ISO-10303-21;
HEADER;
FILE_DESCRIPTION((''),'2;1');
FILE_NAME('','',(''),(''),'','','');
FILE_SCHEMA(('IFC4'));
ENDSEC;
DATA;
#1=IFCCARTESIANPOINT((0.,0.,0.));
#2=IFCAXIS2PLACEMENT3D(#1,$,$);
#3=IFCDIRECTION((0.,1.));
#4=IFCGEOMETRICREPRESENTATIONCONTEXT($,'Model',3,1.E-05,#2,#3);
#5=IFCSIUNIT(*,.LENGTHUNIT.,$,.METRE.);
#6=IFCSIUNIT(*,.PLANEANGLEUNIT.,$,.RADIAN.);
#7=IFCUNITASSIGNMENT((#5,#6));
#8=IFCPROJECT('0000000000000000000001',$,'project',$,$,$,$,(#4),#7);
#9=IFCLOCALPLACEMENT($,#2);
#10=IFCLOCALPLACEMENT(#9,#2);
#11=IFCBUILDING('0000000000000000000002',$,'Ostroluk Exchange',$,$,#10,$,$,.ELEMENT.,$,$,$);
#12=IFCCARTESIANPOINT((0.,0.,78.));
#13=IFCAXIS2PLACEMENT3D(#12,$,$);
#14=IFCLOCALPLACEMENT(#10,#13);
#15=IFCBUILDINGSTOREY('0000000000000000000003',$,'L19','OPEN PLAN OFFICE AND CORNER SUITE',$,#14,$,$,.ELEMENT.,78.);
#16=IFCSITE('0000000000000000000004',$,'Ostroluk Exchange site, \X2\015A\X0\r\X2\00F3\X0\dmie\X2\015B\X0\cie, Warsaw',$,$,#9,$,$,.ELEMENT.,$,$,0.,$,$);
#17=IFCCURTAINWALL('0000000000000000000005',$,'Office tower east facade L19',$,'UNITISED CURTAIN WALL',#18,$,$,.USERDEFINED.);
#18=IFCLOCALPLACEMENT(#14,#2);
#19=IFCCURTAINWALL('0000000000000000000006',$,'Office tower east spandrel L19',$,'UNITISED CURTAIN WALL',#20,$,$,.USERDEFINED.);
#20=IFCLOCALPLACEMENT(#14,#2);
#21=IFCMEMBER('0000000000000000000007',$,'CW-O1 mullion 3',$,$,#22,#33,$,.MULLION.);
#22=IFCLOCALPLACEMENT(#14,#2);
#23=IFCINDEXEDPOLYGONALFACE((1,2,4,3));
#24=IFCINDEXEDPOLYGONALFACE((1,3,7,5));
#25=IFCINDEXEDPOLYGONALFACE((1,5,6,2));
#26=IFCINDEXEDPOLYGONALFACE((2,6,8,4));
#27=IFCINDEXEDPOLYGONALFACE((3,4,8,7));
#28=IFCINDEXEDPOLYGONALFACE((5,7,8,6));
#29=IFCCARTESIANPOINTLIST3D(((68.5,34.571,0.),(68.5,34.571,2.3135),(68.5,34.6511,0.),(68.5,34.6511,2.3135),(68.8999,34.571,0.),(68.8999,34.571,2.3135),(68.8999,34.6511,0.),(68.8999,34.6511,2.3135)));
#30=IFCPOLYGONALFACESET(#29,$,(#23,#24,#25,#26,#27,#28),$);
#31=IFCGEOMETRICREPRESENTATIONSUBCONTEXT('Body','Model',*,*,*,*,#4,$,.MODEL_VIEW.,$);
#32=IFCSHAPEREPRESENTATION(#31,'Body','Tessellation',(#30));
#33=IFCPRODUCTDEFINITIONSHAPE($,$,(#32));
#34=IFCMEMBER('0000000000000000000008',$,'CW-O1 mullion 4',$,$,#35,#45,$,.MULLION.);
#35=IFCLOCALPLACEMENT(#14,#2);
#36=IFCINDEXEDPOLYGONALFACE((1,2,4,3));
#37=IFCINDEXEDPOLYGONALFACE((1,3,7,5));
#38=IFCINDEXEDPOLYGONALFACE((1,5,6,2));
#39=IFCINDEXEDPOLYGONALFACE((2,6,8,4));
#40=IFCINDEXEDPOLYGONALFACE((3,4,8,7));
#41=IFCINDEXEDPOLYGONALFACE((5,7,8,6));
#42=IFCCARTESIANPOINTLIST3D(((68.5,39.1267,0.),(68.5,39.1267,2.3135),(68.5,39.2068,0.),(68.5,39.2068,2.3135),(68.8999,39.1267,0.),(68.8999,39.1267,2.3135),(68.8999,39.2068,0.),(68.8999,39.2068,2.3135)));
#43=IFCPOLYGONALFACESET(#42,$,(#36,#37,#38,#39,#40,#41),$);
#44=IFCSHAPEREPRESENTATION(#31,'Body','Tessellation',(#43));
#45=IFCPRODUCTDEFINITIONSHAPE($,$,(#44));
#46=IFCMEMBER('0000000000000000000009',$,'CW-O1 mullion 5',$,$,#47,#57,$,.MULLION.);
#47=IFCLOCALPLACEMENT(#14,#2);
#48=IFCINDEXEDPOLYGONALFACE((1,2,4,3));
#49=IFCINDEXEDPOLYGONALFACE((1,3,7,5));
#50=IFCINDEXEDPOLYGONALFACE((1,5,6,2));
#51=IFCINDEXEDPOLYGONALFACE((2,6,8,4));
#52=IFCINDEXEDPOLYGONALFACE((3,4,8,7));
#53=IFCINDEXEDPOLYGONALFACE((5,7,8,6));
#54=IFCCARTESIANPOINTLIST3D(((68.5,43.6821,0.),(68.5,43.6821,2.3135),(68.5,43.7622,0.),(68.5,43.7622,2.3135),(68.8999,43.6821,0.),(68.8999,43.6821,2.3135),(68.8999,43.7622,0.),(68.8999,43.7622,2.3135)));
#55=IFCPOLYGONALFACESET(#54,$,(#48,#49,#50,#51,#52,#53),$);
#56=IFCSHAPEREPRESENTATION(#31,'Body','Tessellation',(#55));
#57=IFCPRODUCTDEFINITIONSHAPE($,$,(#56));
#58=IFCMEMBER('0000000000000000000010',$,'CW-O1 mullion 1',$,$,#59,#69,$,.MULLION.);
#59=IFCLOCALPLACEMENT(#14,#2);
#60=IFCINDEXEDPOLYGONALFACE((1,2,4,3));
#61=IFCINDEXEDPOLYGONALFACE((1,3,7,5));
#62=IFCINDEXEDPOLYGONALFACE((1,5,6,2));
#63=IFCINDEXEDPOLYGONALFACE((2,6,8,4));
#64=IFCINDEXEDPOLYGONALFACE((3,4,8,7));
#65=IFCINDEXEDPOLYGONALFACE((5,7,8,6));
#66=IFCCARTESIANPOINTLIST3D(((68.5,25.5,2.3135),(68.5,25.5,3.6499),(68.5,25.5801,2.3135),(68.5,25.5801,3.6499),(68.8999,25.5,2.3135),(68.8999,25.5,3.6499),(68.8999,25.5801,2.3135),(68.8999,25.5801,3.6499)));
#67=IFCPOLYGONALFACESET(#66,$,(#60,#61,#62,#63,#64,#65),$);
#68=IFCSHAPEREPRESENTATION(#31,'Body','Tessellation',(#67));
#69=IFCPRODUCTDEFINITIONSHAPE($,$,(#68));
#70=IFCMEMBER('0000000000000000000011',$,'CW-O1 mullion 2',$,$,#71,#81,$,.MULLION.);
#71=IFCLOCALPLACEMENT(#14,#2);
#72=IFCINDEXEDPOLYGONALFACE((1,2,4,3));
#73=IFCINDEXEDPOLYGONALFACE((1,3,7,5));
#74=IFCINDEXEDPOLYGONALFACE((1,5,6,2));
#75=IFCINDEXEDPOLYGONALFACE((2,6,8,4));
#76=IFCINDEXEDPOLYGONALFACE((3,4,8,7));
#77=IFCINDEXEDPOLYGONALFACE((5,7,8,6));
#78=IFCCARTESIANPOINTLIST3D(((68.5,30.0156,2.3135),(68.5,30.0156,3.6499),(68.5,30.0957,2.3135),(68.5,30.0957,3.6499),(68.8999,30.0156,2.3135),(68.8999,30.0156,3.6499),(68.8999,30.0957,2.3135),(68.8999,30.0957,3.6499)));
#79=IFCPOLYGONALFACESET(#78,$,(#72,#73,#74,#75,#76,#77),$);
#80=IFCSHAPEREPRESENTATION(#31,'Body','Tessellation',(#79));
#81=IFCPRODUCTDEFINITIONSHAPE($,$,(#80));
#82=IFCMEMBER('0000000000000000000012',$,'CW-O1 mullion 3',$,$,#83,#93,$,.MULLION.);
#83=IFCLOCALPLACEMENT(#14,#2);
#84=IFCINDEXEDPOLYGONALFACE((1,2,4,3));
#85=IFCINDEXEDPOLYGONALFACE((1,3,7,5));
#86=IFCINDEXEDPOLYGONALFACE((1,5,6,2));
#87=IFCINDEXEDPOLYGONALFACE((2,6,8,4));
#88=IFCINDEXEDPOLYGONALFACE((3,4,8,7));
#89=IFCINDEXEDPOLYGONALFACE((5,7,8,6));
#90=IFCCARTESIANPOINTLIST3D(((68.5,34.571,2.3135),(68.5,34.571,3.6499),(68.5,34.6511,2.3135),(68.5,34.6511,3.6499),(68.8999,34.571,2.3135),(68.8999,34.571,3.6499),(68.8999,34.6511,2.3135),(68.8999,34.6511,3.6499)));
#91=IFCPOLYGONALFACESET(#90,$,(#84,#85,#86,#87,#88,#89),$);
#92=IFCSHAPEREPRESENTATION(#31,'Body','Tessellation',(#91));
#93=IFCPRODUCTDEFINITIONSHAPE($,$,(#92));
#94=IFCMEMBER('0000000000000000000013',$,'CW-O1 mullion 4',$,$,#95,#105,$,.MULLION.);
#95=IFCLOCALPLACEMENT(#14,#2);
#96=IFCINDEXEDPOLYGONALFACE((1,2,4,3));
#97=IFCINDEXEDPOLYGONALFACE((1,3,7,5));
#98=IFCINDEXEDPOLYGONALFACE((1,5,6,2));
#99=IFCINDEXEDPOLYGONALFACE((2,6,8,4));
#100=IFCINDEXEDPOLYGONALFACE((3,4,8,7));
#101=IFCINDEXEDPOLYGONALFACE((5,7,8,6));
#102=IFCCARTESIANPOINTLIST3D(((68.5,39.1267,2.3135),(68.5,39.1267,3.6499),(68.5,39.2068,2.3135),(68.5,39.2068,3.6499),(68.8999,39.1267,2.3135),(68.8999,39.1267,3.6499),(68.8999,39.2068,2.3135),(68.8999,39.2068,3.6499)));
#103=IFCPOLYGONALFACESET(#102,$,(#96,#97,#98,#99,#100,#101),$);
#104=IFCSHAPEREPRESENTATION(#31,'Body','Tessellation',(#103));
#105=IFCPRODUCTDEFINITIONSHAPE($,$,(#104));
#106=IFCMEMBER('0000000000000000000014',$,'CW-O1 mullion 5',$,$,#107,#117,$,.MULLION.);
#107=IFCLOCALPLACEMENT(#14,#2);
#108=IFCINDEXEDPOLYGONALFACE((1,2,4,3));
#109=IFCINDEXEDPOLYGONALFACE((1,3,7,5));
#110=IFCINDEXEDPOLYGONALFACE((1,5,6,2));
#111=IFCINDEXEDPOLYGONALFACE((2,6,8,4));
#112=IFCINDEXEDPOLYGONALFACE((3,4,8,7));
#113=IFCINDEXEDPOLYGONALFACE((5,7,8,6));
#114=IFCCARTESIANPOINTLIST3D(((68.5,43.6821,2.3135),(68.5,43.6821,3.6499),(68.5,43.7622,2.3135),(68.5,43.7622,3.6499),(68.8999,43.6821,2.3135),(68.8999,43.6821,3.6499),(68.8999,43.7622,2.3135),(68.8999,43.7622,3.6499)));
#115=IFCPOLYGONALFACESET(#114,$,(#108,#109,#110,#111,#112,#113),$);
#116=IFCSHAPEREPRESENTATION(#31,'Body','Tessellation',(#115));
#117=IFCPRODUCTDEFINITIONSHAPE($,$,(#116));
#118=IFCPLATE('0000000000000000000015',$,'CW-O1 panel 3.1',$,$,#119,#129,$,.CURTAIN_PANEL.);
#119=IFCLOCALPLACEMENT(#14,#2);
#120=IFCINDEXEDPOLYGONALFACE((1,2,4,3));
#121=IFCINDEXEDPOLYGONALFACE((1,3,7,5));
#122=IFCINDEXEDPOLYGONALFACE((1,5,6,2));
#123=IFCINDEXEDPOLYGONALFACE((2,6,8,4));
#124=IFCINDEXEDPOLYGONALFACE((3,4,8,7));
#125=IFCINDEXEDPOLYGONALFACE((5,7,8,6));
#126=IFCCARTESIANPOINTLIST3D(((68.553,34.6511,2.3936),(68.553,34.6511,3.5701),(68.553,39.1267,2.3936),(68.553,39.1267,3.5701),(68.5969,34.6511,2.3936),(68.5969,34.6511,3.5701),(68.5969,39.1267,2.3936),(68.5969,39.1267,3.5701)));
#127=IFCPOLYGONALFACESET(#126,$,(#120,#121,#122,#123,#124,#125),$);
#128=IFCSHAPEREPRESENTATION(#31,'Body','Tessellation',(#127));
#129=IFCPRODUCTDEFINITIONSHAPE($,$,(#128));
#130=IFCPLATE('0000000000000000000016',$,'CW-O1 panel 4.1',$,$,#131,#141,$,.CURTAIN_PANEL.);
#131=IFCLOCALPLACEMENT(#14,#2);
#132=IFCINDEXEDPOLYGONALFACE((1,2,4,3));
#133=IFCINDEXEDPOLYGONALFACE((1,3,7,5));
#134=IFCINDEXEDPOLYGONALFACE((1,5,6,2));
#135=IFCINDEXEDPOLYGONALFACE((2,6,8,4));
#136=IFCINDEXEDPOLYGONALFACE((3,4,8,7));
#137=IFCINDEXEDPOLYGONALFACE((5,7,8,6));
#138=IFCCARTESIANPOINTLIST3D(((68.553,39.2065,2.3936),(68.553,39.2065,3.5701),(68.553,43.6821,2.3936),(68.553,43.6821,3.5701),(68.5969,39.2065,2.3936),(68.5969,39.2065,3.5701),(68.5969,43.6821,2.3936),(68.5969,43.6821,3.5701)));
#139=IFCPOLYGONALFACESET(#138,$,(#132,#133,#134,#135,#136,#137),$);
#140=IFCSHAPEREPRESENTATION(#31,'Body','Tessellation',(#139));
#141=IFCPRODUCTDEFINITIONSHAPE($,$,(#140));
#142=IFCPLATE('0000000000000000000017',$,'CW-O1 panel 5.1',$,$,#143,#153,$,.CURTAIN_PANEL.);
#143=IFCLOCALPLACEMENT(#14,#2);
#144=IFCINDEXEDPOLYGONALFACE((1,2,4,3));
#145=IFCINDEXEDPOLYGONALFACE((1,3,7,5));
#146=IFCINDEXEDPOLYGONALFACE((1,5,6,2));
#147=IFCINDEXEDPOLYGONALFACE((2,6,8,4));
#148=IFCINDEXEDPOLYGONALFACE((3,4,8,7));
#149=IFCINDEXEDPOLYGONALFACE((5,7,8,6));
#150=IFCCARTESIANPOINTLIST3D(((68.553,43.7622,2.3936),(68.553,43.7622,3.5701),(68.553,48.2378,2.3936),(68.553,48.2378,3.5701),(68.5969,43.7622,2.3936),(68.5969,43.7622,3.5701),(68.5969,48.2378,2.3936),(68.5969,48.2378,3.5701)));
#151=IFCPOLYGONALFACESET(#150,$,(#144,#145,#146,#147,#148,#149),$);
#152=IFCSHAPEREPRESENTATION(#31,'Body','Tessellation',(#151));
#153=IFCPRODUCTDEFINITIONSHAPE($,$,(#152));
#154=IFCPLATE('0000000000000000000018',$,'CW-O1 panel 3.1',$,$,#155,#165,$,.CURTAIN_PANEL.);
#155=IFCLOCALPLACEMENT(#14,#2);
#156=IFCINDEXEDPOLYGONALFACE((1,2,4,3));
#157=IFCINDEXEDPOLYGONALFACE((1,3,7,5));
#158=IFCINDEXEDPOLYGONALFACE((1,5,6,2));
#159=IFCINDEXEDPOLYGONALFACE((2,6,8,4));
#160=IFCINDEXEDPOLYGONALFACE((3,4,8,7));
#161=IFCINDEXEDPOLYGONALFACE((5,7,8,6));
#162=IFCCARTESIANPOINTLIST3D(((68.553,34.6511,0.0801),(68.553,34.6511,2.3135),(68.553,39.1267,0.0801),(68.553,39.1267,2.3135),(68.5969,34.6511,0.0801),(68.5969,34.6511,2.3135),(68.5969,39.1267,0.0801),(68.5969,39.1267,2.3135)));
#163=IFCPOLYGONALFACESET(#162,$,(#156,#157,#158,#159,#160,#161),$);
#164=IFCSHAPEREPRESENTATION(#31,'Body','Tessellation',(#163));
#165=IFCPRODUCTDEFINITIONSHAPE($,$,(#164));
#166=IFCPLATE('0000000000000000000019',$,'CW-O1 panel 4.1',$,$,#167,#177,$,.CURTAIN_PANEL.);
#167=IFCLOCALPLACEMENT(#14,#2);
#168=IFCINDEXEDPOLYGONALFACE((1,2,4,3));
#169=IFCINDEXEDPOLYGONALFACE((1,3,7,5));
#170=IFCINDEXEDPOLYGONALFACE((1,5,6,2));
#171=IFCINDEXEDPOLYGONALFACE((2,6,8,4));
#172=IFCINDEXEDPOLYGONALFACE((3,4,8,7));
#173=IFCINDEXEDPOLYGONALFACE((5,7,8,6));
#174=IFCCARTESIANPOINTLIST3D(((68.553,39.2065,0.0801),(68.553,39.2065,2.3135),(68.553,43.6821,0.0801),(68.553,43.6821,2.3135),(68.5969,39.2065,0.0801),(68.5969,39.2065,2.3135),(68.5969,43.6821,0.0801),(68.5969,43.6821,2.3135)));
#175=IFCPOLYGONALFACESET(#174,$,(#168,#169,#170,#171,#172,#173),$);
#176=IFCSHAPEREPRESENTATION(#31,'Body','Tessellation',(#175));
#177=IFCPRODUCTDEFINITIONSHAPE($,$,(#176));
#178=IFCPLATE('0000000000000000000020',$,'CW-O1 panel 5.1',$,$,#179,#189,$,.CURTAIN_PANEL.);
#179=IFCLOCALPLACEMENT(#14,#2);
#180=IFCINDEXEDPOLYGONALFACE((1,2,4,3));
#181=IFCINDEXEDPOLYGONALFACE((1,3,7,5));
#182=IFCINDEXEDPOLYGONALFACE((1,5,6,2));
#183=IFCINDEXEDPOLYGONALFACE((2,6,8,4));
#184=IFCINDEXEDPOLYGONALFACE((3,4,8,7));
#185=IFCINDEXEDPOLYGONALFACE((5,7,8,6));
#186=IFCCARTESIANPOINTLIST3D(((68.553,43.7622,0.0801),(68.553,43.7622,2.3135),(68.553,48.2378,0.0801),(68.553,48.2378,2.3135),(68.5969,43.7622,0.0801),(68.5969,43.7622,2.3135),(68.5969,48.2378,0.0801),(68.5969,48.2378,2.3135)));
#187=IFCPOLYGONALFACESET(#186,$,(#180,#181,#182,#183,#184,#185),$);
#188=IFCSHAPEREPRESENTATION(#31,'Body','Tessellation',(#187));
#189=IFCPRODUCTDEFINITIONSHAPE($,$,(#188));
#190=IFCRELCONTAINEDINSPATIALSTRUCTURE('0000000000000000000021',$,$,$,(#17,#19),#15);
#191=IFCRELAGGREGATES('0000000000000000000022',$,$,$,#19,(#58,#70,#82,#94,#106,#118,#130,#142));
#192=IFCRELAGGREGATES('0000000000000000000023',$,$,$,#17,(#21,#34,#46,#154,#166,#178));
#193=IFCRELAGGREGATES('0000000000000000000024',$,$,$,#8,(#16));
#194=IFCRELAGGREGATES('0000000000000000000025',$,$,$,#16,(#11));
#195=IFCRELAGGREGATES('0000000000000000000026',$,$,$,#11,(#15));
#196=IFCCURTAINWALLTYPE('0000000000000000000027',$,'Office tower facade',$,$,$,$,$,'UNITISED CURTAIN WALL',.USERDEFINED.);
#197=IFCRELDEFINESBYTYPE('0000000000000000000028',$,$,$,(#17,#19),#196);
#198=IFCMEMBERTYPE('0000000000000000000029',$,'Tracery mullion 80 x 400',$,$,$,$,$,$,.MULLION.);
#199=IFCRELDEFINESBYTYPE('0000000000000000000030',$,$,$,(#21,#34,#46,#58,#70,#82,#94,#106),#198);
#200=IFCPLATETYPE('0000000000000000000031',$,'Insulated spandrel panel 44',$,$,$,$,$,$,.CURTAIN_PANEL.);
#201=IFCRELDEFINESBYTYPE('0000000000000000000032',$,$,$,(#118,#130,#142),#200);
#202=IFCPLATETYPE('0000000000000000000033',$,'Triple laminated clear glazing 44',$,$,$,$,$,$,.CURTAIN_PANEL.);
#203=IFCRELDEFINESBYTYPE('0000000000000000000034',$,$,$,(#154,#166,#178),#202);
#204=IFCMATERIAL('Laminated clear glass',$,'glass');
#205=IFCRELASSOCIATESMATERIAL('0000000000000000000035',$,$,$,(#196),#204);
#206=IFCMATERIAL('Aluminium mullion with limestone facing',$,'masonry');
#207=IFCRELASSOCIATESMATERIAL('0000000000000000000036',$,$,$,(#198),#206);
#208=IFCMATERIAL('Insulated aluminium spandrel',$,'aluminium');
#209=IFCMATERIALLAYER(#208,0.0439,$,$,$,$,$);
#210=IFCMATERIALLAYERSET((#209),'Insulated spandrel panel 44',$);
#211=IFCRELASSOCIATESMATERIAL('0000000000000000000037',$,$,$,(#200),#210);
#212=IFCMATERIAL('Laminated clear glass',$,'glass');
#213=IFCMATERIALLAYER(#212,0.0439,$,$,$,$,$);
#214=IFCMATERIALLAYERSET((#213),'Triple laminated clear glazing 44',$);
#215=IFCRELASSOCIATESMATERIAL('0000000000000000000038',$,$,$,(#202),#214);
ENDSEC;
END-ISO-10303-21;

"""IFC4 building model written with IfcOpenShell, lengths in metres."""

from ifc_helpers import new_model, si_unit, direction, frame, origin, origin_2d, place, context, subcontext, project, spatial, rectangle, extrude, material, layer, layer_set, material_profile, profile_set, type_object, element, aggregate, save


model = new_model("IFC4")

# Units and contexts
model_context = context("Model", 3, precision=1e-05, world=origin(), true_north=direction((0.0, 1.0)))
body_context = subcontext(model_context, "Body", "Model", "MODEL_VIEW")
ifc_project = project(units=[si_unit("LENGTHUNIT", "METRE"), si_unit("PLANEANGLEUNIT", "RADIAN")], contexts=[model_context])

# Site, building, storey
site_placement = place(None, origin())
site = spatial("IfcSite", under=ifc_project, at=site_placement, Name="Ostroluk Exchange site, Śródmieście, Warsaw", CompositionType="ELEMENT", RefElevation=0.0)
building_placement = place(site_placement, origin())
building = spatial("IfcBuilding", under=site, at=building_placement, Name="Ostroluk Exchange", CompositionType="ELEMENT")
storey_placement = place(building_placement, frame((0.0, 0.0, 78.0)))
storey = spatial("IfcBuildingStorey", under=building, at=storey_placement, Name="L19", Description="OPEN PLAN OFFICE AND CORNER SUITE", CompositionType="ELEMENT", Elevation=78.0)

# Curtain walls
ifc_material_1 = material(Name="Laminated clear glass", Category="glass")
curtain_wall_type_1 = type_object("IfcCurtainWallType", Name="Office tower facade", ElementType="UNITISED CURTAIN WALL", PredefinedType="USERDEFINED", material=ifc_material_1)
curtain_wall_1_placement = place(storey_placement, origin())
curtain_wall_1 = element("IfcCurtainWall", 1, at=curtain_wall_1_placement, inside=storey, type_object=curtain_wall_type_1, Name="Office tower east facade L19", ObjectType="UNITISED CURTAIN WALL", PredefinedType="USERDEFINED")
curtain_wall_2_placement = place(storey_placement, origin())
curtain_wall_2 = element("IfcCurtainWall", 2, at=curtain_wall_2_placement, inside=storey, type_object=curtain_wall_type_1, Name="Office tower east spandrel L19", ObjectType="UNITISED CURTAIN WALL", PredefinedType="USERDEFINED")

# Members
ifc_material_2 = material(Name="Aluminium mullion with limestone facing", Category="masonry")
ifc_material_profile_1 = material_profile(ifc_material_2, rectangle(XDim=0.3999, YDim=0.0801, at=origin_2d()), Name="Tracery mullion 80 x 400")
ifc_profile_set_1 = profile_set([ifc_material_profile_1], Name="Aluminium mullion with limestone facing")
member_type_1 = type_object("IfcMemberType", Name="Tracery mullion 80 x 400", PredefinedType="MULLION", material=ifc_profile_set_1)
member_1_placement = place(storey_placement, frame((68.7, 34.6111, 0.0), z_axis=(0.0, 0.0, 1.0), x_axis=(-1.0, 0.0, 0.0)))
member_1 = element("IfcMember", 3, at=member_1_placement, type_object=member_type_1, Name="CW-O1 mullion 3", PredefinedType="MULLION", context=body_context, shape_type="SweptSolid", body=[
    extrude(rectangle(XDim=0.3999, YDim=0.0801, at=origin_2d()), origin(), (0.0, 0.0, 1.0), 2.3135),
])
member_2_placement = place(storey_placement, frame((68.7, 39.1667, 0.0), z_axis=(0.0, 0.0, 1.0), x_axis=(-1.0, 0.0, 0.0)))
member_2 = element("IfcMember", 4, at=member_2_placement, type_object=member_type_1, Name="CW-O1 mullion 4", PredefinedType="MULLION", context=body_context, shape_type="SweptSolid", body=[
    extrude(rectangle(XDim=0.3999, YDim=0.0801, at=origin_2d()), origin(), (0.0, 0.0, 1.0), 2.3135),
])
member_3_placement = place(storey_placement, frame((68.7, 43.7222, 0.0), z_axis=(0.0, 0.0, 1.0), x_axis=(-1.0, 0.0, 0.0)))
member_3 = element("IfcMember", 5, at=member_3_placement, type_object=member_type_1, Name="CW-O1 mullion 5", PredefinedType="MULLION", context=body_context, shape_type="SweptSolid", body=[
    extrude(rectangle(XDim=0.3999, YDim=0.0801, at=origin_2d()), origin(), (0.0, 0.0, 1.0), 2.3135),
])
member_4_placement = place(storey_placement, frame((68.7, 25.54, 2.3135), z_axis=(0.0, 0.0, 1.0), x_axis=(-1.0, 0.0, 0.0)))
member_4 = element("IfcMember", 6, at=member_4_placement, type_object=member_type_1, Name="CW-O1 mullion 1", PredefinedType="MULLION", context=body_context, shape_type="SweptSolid", body=[
    extrude(rectangle(XDim=0.3999, YDim=0.0801, at=origin_2d()), origin(), (0.0, 0.0, 1.0), 1.3364),
])
member_5_placement = place(storey_placement, frame((68.7, 30.0557, 2.3135), z_axis=(0.0, 0.0, 1.0), x_axis=(-1.0, 0.0, 0.0)))
member_5 = element("IfcMember", 7, at=member_5_placement, type_object=member_type_1, Name="CW-O1 mullion 2", PredefinedType="MULLION", context=body_context, shape_type="SweptSolid", body=[
    extrude(rectangle(XDim=0.3999, YDim=0.0801, at=origin_2d()), origin(), (0.0, 0.0, 1.0), 1.3364),
])
member_6_placement = place(storey_placement, frame((68.7, 34.6111, 2.3135), z_axis=(0.0, 0.0, 1.0), x_axis=(-1.0, 0.0, 0.0)))
member_6 = element("IfcMember", 8, at=member_6_placement, type_object=member_type_1, Name="CW-O1 mullion 3", PredefinedType="MULLION", context=body_context, shape_type="SweptSolid", body=[
    extrude(rectangle(XDim=0.3999, YDim=0.0801, at=origin_2d()), origin(), (0.0, 0.0, 1.0), 1.3364),
])
member_7_placement = place(storey_placement, frame((68.7, 39.1667, 2.3135), z_axis=(0.0, 0.0, 1.0), x_axis=(-1.0, 0.0, 0.0)))
member_7 = element("IfcMember", 9, at=member_7_placement, type_object=member_type_1, Name="CW-O1 mullion 4", PredefinedType="MULLION", context=body_context, shape_type="SweptSolid", body=[
    extrude(rectangle(XDim=0.3999, YDim=0.0801, at=origin_2d()), origin(), (0.0, 0.0, 1.0), 1.3364),
])
member_8_placement = place(storey_placement, frame((68.7, 43.7222, 2.3135), z_axis=(0.0, 0.0, 1.0), x_axis=(-1.0, 0.0, 0.0)))
member_8 = element("IfcMember", 10, at=member_8_placement, type_object=member_type_1, Name="CW-O1 mullion 5", PredefinedType="MULLION", context=body_context, shape_type="SweptSolid", body=[
    extrude(rectangle(XDim=0.3999, YDim=0.0801, at=origin_2d()), origin(), (0.0, 0.0, 1.0), 1.3364),
])

# Plates
ifc_material_3 = material(Name="Insulated aluminium spandrel", Category="aluminium")
ifc_layer_1 = layer(ifc_material_3, 0.0439)
ifc_layer_set_1 = layer_set([ifc_layer_1], Name="Insulated spandrel panel 44")
plate_type_1 = type_object("IfcPlateType", Name="Insulated spandrel panel 44", PredefinedType="CURTAIN_PANEL", material=ifc_layer_set_1)
plate_1_placement = place(storey_placement, frame((68.575, 36.8889, 2.3936), z_axis=(0.0, 0.0, 1.0), x_axis=(0.0, 1.0, 0.0)))
plate_1 = element("IfcPlate", 11, at=plate_1_placement, type_object=plate_type_1, Name="CW-O1 panel 3.1", PredefinedType="CURTAIN_PANEL", context=body_context, shape_type="SweptSolid", body=[
    extrude(rectangle(XDim=4.4756, YDim=0.0439, at=origin_2d()), origin(), (0.0, 0.0, 1.0), 1.1765),
])
plate_2_placement = place(storey_placement, frame((68.575, 41.4443, 2.3936), z_axis=(0.0, 0.0, 1.0), x_axis=(0.0, 1.0, 0.0)))
plate_2 = element("IfcPlate", 12, at=plate_2_placement, type_object=plate_type_1, Name="CW-O1 panel 4.1", PredefinedType="CURTAIN_PANEL", context=body_context, shape_type="SweptSolid", body=[
    extrude(rectangle(XDim=4.4756, YDim=0.0439, at=origin_2d()), origin(), (0.0, 0.0, 1.0), 1.1765),
])
plate_3_placement = place(storey_placement, frame((68.575, 46.0, 2.3936), z_axis=(0.0, 0.0, 1.0), x_axis=(0.0, 1.0, 0.0)))
plate_3 = element("IfcPlate", 13, at=plate_3_placement, type_object=plate_type_1, Name="CW-O1 panel 5.1", PredefinedType="CURTAIN_PANEL", context=body_context, shape_type="SweptSolid", body=[
    extrude(rectangle(XDim=4.4756, YDim=0.0439, at=origin_2d()), origin(), (0.0, 0.0, 1.0), 1.1765),
])
aggregate(curtain_wall_2, [member_4, member_5, member_6, member_7, member_8, plate_1, plate_2, plate_3])
ifc_material_4 = material(Name="Laminated clear glass", Category="glass")
ifc_layer_2 = layer(ifc_material_4, 0.0439)
ifc_layer_set_2 = layer_set([ifc_layer_2], Name="Triple laminated clear glazing 44")
plate_type_2 = type_object("IfcPlateType", Name="Triple laminated clear glazing 44", PredefinedType="CURTAIN_PANEL", material=ifc_layer_set_2)
plate_4_placement = place(storey_placement, frame((68.575, 36.8889, 0.0801), z_axis=(0.0, 0.0, 1.0), x_axis=(0.0, 1.0, 0.0)))
plate_4 = element("IfcPlate", 14, at=plate_4_placement, type_object=plate_type_2, Name="CW-O1 panel 3.1", PredefinedType="CURTAIN_PANEL", context=body_context, shape_type="SweptSolid", body=[
    extrude(rectangle(XDim=4.4756, YDim=0.0439, at=origin_2d()), origin(), (0.0, 0.0, 1.0), 2.2334),
])
plate_5_placement = place(storey_placement, frame((68.575, 41.4443, 0.0801), z_axis=(0.0, 0.0, 1.0), x_axis=(0.0, 1.0, 0.0)))
plate_5 = element("IfcPlate", 15, at=plate_5_placement, type_object=plate_type_2, Name="CW-O1 panel 4.1", PredefinedType="CURTAIN_PANEL", context=body_context, shape_type="SweptSolid", body=[
    extrude(rectangle(XDim=4.4756, YDim=0.0439, at=origin_2d()), origin(), (0.0, 0.0, 1.0), 2.2334),
])
plate_6_placement = place(storey_placement, frame((68.575, 46.0, 0.0801), z_axis=(0.0, 0.0, 1.0), x_axis=(0.0, 1.0, 0.0)))
plate_6 = element("IfcPlate", 16, at=plate_6_placement, type_object=plate_type_2, Name="CW-O1 panel 5.1", PredefinedType="CURTAIN_PANEL", context=body_context, shape_type="SweptSolid", body=[
    extrude(rectangle(XDim=4.4756, YDim=0.0439, at=origin_2d()), origin(), (0.0, 0.0, 1.0), 2.2334),
])
aggregate(curtain_wall_1, [member_1, member_2, member_3, plate_4, plate_5, plate_6])

save(model, "model.ifc")
